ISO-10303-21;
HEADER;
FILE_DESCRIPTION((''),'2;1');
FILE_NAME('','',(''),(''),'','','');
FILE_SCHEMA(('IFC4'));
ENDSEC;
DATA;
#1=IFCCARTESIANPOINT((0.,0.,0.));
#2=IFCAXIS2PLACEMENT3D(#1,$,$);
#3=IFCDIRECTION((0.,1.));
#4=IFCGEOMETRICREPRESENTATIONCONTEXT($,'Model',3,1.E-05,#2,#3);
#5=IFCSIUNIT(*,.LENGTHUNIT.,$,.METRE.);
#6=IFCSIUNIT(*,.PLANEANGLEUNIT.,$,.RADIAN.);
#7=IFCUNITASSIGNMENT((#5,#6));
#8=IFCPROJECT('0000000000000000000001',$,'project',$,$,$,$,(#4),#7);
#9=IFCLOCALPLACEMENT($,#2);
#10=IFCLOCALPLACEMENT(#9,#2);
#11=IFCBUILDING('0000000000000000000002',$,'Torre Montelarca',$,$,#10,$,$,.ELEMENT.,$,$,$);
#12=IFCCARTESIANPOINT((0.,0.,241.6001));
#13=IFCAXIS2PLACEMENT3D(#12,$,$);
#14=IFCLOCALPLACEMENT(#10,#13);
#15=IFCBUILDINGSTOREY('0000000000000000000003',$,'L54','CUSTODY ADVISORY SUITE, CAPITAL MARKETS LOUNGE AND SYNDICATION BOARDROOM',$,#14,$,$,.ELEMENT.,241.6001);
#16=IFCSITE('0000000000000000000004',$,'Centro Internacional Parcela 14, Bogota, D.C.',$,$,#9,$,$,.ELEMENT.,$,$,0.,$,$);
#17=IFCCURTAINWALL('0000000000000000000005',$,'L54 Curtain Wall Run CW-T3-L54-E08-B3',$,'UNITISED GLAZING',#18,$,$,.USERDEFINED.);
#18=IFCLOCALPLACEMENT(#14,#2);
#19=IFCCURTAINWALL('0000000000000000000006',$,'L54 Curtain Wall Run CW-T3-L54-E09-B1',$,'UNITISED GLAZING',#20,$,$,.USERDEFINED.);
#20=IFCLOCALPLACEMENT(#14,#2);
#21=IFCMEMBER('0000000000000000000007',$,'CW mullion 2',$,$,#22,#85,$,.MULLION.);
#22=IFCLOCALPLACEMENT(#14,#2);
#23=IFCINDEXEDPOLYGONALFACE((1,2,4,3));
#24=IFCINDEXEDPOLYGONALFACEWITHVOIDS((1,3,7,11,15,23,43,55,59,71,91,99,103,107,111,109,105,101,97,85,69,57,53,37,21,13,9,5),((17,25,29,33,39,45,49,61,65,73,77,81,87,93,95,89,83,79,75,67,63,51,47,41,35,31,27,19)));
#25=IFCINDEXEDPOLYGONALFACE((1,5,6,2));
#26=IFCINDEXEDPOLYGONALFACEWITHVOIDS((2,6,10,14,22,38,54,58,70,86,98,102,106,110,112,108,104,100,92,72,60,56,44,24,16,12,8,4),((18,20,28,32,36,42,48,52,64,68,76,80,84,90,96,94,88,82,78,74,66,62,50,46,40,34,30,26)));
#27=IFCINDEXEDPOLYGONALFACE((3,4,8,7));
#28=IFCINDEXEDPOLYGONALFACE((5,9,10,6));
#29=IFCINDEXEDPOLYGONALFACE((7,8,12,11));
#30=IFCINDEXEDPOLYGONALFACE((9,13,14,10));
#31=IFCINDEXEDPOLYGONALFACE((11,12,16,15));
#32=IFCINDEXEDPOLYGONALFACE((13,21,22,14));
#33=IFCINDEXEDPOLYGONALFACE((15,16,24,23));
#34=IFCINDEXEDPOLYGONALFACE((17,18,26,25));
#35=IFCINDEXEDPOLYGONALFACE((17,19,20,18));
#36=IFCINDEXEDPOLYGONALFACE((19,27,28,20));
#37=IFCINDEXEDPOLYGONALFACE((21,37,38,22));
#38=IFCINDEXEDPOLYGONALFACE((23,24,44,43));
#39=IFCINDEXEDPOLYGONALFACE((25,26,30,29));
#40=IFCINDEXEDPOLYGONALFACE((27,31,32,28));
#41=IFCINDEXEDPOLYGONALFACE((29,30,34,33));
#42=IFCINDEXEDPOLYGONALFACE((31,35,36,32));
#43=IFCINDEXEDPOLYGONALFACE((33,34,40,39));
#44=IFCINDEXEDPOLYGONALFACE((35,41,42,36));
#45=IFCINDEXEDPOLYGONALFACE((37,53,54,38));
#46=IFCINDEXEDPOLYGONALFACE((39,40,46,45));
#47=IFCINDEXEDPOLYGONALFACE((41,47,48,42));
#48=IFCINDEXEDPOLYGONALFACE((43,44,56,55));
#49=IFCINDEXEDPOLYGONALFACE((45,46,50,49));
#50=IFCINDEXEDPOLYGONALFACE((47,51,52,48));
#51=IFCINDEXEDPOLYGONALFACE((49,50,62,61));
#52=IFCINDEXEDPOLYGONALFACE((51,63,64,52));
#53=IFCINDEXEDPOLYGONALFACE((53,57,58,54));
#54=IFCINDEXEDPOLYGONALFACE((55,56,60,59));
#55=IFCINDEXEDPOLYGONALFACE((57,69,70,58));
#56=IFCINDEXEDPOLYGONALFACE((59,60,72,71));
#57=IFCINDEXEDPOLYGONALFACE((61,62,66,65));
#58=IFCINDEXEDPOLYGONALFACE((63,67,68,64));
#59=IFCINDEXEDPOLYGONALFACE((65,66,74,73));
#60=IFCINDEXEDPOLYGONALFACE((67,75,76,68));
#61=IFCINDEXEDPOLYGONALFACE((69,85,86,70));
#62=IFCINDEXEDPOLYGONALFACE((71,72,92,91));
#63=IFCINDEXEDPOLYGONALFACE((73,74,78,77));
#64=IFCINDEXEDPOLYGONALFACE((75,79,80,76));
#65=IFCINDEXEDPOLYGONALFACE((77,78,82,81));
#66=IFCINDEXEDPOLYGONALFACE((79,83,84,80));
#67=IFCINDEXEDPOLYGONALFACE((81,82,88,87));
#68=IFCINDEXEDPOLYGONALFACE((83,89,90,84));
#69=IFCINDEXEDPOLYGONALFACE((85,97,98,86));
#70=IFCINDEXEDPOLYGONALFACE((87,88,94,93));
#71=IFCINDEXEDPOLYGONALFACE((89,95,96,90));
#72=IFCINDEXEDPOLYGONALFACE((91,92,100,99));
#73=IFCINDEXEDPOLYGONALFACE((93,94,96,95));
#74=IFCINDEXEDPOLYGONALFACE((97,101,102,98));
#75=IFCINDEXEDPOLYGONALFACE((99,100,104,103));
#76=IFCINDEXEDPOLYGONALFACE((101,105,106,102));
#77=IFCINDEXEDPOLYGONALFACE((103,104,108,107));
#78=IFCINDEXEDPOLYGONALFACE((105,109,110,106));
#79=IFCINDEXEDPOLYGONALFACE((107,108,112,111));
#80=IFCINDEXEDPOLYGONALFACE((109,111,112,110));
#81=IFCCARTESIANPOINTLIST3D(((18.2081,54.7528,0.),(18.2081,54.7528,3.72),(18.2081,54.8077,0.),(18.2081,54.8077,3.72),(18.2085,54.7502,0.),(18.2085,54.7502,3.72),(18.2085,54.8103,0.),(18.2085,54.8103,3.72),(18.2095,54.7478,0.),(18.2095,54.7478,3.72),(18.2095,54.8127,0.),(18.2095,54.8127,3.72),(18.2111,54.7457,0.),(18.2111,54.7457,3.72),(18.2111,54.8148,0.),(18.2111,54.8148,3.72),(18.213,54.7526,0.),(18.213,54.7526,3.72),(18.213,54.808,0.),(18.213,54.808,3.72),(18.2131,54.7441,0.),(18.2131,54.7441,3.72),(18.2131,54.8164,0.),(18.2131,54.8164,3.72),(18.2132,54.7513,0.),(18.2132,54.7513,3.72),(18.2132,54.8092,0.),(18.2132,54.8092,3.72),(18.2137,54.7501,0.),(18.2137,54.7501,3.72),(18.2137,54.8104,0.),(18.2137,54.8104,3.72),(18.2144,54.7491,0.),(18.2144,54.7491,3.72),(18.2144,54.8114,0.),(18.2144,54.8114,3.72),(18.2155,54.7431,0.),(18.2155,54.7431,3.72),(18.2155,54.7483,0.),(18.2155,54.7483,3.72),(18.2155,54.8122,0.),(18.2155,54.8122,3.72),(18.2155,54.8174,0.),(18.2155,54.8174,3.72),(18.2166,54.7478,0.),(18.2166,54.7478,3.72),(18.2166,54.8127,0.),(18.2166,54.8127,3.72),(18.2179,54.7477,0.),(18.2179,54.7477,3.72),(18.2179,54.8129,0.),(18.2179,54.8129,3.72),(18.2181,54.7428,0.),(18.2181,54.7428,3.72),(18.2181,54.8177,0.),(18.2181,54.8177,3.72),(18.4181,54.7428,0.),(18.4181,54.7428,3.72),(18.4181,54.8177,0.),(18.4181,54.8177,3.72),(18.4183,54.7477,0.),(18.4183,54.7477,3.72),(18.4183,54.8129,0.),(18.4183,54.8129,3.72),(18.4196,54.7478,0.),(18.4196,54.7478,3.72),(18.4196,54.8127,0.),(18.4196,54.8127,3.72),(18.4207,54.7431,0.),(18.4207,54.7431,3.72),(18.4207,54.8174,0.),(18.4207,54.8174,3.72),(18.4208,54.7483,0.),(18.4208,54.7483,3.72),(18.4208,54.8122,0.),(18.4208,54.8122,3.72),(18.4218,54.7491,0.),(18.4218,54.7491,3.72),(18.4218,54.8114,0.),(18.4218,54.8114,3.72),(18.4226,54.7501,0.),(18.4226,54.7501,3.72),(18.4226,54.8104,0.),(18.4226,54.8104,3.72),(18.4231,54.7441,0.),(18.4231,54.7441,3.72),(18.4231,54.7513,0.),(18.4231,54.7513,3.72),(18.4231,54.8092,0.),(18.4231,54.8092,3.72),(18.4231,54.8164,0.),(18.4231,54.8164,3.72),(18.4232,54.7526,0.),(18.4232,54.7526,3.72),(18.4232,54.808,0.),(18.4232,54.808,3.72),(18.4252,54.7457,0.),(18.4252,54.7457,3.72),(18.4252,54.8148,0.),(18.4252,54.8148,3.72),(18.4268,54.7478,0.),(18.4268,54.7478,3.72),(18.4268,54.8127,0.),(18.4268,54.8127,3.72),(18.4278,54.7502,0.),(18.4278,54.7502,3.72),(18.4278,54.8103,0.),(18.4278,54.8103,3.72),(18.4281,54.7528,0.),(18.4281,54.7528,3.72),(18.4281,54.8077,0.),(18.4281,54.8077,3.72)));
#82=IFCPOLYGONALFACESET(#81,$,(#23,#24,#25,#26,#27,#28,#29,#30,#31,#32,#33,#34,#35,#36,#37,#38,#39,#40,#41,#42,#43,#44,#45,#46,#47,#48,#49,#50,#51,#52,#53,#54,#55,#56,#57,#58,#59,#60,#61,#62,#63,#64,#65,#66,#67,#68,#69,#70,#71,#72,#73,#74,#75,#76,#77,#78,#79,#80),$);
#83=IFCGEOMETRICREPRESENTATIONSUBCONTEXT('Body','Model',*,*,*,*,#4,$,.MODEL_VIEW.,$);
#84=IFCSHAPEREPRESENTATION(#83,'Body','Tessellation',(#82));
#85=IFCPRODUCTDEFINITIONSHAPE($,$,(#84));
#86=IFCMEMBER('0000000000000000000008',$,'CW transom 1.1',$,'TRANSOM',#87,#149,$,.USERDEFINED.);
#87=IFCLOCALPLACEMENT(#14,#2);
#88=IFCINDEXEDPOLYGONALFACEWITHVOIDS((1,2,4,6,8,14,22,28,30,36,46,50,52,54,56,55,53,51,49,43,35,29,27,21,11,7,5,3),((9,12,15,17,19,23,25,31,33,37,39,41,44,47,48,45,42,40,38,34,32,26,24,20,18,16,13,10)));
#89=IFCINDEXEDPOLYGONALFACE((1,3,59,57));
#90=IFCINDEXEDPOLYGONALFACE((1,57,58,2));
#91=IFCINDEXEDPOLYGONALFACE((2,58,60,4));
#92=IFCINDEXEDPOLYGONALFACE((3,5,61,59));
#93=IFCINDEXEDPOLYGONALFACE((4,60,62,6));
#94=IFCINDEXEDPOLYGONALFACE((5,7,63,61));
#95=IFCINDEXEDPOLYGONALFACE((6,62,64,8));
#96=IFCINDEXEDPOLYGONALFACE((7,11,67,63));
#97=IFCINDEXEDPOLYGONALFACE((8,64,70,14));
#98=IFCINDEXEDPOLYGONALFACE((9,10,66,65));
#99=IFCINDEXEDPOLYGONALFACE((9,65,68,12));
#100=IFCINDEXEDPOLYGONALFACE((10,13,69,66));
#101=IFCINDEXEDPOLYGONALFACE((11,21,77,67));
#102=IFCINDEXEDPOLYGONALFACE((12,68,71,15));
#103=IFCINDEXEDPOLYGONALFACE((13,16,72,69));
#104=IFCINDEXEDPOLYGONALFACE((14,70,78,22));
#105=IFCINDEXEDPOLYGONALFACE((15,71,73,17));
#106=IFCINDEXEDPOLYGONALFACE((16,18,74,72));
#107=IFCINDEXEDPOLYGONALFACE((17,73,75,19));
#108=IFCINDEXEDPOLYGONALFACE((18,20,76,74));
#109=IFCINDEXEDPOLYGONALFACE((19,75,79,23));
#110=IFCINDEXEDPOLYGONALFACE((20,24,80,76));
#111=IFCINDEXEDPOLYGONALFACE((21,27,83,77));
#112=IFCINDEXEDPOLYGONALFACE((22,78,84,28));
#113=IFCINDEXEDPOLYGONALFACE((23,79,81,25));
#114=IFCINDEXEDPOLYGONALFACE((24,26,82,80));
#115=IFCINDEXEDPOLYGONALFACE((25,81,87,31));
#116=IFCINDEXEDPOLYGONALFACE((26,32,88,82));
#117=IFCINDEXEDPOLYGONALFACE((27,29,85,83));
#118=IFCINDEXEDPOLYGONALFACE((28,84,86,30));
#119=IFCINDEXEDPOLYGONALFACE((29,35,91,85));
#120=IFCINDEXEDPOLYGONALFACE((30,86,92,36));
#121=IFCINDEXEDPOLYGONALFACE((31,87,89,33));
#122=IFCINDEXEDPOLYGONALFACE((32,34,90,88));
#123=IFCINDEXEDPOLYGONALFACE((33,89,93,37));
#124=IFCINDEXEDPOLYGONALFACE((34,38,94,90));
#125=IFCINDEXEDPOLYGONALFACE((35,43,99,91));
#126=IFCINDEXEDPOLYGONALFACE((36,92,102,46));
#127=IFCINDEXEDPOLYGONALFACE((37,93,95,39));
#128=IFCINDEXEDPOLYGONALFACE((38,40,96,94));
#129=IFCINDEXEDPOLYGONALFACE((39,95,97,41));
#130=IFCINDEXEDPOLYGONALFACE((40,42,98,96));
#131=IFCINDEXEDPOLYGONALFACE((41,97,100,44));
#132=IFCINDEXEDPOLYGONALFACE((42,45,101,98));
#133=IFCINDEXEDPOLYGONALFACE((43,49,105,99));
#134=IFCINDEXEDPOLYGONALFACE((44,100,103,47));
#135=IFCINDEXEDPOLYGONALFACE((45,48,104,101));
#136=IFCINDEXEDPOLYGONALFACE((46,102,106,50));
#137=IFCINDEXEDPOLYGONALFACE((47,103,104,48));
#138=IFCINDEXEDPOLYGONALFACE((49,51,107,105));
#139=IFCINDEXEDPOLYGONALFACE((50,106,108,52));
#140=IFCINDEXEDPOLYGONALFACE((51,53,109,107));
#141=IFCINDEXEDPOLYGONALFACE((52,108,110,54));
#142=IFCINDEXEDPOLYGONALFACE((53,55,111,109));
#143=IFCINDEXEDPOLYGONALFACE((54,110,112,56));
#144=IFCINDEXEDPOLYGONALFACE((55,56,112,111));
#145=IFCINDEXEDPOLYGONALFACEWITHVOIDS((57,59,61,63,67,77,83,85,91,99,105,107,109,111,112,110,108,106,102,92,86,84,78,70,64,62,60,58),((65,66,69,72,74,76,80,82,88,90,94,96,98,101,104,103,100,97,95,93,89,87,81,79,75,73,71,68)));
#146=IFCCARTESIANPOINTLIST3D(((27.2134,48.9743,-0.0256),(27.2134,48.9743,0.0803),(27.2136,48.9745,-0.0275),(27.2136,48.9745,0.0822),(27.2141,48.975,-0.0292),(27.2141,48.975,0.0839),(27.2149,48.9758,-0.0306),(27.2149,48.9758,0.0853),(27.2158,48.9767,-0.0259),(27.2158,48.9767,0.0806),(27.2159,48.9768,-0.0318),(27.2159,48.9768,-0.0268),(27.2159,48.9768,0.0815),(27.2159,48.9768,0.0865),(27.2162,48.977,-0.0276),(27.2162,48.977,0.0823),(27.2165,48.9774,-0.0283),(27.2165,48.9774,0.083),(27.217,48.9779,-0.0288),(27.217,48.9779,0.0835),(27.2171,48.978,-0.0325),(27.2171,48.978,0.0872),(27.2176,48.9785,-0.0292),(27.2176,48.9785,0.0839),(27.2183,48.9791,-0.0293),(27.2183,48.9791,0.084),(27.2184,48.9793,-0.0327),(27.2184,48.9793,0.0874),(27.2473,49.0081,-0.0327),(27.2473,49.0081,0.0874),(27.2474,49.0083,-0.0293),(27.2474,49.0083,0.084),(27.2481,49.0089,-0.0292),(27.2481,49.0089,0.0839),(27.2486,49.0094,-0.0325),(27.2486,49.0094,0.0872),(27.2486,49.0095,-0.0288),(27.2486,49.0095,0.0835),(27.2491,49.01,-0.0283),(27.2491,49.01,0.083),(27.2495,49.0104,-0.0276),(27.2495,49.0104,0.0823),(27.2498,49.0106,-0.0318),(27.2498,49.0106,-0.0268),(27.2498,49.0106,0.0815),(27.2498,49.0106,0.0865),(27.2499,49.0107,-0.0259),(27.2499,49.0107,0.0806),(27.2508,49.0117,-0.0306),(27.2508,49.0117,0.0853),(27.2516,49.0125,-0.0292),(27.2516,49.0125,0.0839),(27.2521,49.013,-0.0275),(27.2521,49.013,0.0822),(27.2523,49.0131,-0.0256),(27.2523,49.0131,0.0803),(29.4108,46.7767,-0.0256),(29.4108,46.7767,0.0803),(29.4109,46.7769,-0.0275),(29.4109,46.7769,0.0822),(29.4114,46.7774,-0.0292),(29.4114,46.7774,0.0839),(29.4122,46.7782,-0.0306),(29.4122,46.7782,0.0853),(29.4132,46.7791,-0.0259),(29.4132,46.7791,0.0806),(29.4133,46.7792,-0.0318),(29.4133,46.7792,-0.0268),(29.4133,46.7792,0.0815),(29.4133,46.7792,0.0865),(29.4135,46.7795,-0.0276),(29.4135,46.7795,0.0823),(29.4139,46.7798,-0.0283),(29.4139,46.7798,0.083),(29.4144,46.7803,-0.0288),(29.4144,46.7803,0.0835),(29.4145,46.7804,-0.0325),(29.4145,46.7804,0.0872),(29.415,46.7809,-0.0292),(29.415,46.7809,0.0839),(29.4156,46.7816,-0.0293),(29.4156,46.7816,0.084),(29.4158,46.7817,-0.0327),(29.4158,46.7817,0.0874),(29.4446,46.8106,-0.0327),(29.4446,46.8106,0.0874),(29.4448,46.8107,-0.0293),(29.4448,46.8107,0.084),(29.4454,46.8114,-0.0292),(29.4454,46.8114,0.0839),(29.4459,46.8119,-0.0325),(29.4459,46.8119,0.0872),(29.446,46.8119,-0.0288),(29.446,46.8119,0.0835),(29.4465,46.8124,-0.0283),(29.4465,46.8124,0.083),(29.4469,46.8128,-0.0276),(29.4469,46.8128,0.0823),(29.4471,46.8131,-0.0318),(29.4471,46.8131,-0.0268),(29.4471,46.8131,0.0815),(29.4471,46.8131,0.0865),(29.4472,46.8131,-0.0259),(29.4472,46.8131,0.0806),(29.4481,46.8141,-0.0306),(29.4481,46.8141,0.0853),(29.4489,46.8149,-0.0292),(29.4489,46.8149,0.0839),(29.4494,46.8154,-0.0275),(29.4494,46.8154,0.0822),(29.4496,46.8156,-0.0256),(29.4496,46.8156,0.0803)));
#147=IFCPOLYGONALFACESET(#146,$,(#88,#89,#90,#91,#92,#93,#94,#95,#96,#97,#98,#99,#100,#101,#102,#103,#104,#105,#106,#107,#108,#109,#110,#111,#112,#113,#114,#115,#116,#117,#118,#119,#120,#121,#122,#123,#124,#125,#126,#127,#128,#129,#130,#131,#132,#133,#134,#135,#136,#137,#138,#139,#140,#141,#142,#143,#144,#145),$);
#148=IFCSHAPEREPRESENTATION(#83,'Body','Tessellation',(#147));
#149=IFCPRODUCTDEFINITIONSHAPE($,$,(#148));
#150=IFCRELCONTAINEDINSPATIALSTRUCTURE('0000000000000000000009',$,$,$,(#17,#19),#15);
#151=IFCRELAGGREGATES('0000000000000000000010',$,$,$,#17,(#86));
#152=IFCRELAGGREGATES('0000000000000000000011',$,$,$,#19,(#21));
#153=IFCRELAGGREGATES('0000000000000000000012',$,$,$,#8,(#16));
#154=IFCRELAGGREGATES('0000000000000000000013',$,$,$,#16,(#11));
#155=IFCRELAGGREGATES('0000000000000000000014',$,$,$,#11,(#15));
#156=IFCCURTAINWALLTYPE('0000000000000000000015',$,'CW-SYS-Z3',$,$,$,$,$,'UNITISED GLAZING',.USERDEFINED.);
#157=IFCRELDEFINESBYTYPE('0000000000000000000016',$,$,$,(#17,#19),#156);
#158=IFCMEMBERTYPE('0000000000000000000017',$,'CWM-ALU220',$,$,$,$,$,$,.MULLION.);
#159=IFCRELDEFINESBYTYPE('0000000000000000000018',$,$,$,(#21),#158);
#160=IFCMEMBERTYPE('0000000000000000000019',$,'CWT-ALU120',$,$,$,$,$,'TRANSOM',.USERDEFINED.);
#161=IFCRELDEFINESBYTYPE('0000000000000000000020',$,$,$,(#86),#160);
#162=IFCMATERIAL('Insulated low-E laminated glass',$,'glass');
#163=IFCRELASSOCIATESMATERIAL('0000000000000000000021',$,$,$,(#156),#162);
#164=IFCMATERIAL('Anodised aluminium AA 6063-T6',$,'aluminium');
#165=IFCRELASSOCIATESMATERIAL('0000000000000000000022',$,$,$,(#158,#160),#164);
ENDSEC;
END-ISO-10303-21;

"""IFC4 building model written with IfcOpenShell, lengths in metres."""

from ifc_helpers import new_model, si_unit, direction, frame, origin, origin_2d, place, context, subcontext, project, spatial, hollow_rectangle, extrude, source, transform, mapped, material, material_profile, profile_set, type_object, element, aggregate, save


model = new_model("IFC4")

# Units and contexts
model_context = context("Model", 3, precision=1e-05, world=origin(), true_north=direction((0.0, 1.0)))
body_context = subcontext(model_context, "Body", "Model", "MODEL_VIEW")
ifc_project = project(units=[si_unit("LENGTHUNIT", "METRE"), si_unit("PLANEANGLEUNIT", "RADIAN")], contexts=[model_context])

# Site, building, storey
site_placement = place(None, origin())
site = spatial("IfcSite", under=ifc_project, at=site_placement, Name="Centro Internacional Parcela 14, Bogota, D.C.", CompositionType="ELEMENT", RefElevation=0.0)
building_placement = place(site_placement, origin())
building = spatial("IfcBuilding", under=site, at=building_placement, Name="Torre Montelarca", CompositionType="ELEMENT")
storey_placement = place(building_placement, frame((0.0, 0.0, 241.6001)))
storey = spatial("IfcBuildingStorey", under=building, at=storey_placement, Name="L54", Description="CUSTODY ADVISORY SUITE, CAPITAL MARKETS LOUNGE AND SYNDICATION BOARDROOM", CompositionType="ELEMENT", Elevation=241.6001)

# Curtain walls, member
ifc_material_1 = material(Name="Insulated low-E laminated glass", Category="glass")
curtain_wall_type = type_object("IfcCurtainWallType", Name="CW-SYS-Z3", ElementType="UNITISED GLAZING", PredefinedType="USERDEFINED", material=ifc_material_1)
curtain_wall_1_placement = place(storey_placement, origin())
curtain_wall_1 = element("IfcCurtainWall", 1, at=curtain_wall_1_placement, inside=storey, type_object=curtain_wall_type, Name="L54 Curtain Wall Run CW-T3-L54-E08-B3", ObjectType="UNITISED GLAZING", PredefinedType="USERDEFINED")
ifc_material_2 = material(Name="Anodised aluminium AA 6063-T6", Category="aluminium")
ifc_material_profile_1 = material_profile(ifc_material_2, hollow_rectangle(XDim=0.075, YDim=0.22, WallThickness=0.0049, InnerFilletRadius=0.0049, OuterFilletRadius=0.01, at=origin_2d()), Name="ALU75X220X5", Category="aluminium")
ifc_profile_set_1 = profile_set([ifc_material_profile_1], Name="Anodised aluminium AA 6063-T6")
member_type_1 = type_object("IfcMemberType", Name="CWM-ALU220", PredefinedType="MULLION", material=ifc_profile_set_1)
shared_shape_1 = source(origin(), body_context, "Body", "SweptSolid", [
    extrude(hollow_rectangle(XDim=0.075, YDim=0.22, WallThickness=0.0049, InnerFilletRadius=0.0049, OuterFilletRadius=0.01, at=origin_2d()), origin(), (0.0, 0.0, 1.0), 3.72),
])
curtain_wall_2_placement = place(storey_placement, origin())
curtain_wall_2 = element("IfcCurtainWall", 2, at=curtain_wall_2_placement, inside=storey, type_object=curtain_wall_type, Name="L54 Curtain Wall Run CW-T3-L54-E09-B1", ObjectType="UNITISED GLAZING", PredefinedType="USERDEFINED")
member_1_placement = place(storey_placement, frame((18.3181, 54.7803, 0.0), z_axis=(0.0, 0.0, 1.0), x_axis=(0.0, -1.0, 0.0)))
member_1 = element("IfcMember", 3, at=member_1_placement, type_object=member_type_1, Name="CW mullion 2", PredefinedType="MULLION", context=body_context, shape_type="MappedRepresentation", body=[
    mapped(shared_shape_1, transform((0.0, 0.0, 0.0), scale=1.0)),
])

# Member
ifc_material_profile_2 = material_profile(ifc_material_2, hollow_rectangle(XDim=0.0549, YDim=0.1201, WallThickness=0.0034, InnerFilletRadius=0.0034, OuterFilletRadius=0.0071, at=origin_2d()), Name="ALU55X120X3.5", Category="aluminium")
ifc_profile_set_2 = profile_set([ifc_material_profile_2], Name="Anodised aluminium AA 6063-T6")
member_type_2 = type_object("IfcMemberType", Name="CWT-ALU120", ElementType="TRANSOM", PredefinedType="USERDEFINED", material=ifc_profile_set_2)
shared_shape_2 = source(origin(), body_context, "Body", "SweptSolid", [
    extrude(hollow_rectangle(XDim=0.0549, YDim=0.1201, WallThickness=0.0034, InnerFilletRadius=0.0034, OuterFilletRadius=0.0071, at=origin_2d()), origin(), (0.0, 0.0, 1.0), 3.1077),
])
member_2_placement = place(storey_placement, frame((29.4302, 46.7961, 0.0273), z_axis=(-0.707067, 0.707146, 0.0), x_axis=(-0.707146, -0.707067, 0.0)))
member_2 = element("IfcMember", 4, at=member_2_placement, type_object=member_type_2, Name="CW transom 1.1", ObjectType="TRANSOM", PredefinedType="USERDEFINED", context=body_context, shape_type="MappedRepresentation", body=[
    mapped(shared_shape_2, transform((0.0, 0.0, 0.0), scale=1.0)),
])

aggregate(curtain_wall_1, [member_2])
aggregate(curtain_wall_2, [member_1])

save(model, "model.ifc")
